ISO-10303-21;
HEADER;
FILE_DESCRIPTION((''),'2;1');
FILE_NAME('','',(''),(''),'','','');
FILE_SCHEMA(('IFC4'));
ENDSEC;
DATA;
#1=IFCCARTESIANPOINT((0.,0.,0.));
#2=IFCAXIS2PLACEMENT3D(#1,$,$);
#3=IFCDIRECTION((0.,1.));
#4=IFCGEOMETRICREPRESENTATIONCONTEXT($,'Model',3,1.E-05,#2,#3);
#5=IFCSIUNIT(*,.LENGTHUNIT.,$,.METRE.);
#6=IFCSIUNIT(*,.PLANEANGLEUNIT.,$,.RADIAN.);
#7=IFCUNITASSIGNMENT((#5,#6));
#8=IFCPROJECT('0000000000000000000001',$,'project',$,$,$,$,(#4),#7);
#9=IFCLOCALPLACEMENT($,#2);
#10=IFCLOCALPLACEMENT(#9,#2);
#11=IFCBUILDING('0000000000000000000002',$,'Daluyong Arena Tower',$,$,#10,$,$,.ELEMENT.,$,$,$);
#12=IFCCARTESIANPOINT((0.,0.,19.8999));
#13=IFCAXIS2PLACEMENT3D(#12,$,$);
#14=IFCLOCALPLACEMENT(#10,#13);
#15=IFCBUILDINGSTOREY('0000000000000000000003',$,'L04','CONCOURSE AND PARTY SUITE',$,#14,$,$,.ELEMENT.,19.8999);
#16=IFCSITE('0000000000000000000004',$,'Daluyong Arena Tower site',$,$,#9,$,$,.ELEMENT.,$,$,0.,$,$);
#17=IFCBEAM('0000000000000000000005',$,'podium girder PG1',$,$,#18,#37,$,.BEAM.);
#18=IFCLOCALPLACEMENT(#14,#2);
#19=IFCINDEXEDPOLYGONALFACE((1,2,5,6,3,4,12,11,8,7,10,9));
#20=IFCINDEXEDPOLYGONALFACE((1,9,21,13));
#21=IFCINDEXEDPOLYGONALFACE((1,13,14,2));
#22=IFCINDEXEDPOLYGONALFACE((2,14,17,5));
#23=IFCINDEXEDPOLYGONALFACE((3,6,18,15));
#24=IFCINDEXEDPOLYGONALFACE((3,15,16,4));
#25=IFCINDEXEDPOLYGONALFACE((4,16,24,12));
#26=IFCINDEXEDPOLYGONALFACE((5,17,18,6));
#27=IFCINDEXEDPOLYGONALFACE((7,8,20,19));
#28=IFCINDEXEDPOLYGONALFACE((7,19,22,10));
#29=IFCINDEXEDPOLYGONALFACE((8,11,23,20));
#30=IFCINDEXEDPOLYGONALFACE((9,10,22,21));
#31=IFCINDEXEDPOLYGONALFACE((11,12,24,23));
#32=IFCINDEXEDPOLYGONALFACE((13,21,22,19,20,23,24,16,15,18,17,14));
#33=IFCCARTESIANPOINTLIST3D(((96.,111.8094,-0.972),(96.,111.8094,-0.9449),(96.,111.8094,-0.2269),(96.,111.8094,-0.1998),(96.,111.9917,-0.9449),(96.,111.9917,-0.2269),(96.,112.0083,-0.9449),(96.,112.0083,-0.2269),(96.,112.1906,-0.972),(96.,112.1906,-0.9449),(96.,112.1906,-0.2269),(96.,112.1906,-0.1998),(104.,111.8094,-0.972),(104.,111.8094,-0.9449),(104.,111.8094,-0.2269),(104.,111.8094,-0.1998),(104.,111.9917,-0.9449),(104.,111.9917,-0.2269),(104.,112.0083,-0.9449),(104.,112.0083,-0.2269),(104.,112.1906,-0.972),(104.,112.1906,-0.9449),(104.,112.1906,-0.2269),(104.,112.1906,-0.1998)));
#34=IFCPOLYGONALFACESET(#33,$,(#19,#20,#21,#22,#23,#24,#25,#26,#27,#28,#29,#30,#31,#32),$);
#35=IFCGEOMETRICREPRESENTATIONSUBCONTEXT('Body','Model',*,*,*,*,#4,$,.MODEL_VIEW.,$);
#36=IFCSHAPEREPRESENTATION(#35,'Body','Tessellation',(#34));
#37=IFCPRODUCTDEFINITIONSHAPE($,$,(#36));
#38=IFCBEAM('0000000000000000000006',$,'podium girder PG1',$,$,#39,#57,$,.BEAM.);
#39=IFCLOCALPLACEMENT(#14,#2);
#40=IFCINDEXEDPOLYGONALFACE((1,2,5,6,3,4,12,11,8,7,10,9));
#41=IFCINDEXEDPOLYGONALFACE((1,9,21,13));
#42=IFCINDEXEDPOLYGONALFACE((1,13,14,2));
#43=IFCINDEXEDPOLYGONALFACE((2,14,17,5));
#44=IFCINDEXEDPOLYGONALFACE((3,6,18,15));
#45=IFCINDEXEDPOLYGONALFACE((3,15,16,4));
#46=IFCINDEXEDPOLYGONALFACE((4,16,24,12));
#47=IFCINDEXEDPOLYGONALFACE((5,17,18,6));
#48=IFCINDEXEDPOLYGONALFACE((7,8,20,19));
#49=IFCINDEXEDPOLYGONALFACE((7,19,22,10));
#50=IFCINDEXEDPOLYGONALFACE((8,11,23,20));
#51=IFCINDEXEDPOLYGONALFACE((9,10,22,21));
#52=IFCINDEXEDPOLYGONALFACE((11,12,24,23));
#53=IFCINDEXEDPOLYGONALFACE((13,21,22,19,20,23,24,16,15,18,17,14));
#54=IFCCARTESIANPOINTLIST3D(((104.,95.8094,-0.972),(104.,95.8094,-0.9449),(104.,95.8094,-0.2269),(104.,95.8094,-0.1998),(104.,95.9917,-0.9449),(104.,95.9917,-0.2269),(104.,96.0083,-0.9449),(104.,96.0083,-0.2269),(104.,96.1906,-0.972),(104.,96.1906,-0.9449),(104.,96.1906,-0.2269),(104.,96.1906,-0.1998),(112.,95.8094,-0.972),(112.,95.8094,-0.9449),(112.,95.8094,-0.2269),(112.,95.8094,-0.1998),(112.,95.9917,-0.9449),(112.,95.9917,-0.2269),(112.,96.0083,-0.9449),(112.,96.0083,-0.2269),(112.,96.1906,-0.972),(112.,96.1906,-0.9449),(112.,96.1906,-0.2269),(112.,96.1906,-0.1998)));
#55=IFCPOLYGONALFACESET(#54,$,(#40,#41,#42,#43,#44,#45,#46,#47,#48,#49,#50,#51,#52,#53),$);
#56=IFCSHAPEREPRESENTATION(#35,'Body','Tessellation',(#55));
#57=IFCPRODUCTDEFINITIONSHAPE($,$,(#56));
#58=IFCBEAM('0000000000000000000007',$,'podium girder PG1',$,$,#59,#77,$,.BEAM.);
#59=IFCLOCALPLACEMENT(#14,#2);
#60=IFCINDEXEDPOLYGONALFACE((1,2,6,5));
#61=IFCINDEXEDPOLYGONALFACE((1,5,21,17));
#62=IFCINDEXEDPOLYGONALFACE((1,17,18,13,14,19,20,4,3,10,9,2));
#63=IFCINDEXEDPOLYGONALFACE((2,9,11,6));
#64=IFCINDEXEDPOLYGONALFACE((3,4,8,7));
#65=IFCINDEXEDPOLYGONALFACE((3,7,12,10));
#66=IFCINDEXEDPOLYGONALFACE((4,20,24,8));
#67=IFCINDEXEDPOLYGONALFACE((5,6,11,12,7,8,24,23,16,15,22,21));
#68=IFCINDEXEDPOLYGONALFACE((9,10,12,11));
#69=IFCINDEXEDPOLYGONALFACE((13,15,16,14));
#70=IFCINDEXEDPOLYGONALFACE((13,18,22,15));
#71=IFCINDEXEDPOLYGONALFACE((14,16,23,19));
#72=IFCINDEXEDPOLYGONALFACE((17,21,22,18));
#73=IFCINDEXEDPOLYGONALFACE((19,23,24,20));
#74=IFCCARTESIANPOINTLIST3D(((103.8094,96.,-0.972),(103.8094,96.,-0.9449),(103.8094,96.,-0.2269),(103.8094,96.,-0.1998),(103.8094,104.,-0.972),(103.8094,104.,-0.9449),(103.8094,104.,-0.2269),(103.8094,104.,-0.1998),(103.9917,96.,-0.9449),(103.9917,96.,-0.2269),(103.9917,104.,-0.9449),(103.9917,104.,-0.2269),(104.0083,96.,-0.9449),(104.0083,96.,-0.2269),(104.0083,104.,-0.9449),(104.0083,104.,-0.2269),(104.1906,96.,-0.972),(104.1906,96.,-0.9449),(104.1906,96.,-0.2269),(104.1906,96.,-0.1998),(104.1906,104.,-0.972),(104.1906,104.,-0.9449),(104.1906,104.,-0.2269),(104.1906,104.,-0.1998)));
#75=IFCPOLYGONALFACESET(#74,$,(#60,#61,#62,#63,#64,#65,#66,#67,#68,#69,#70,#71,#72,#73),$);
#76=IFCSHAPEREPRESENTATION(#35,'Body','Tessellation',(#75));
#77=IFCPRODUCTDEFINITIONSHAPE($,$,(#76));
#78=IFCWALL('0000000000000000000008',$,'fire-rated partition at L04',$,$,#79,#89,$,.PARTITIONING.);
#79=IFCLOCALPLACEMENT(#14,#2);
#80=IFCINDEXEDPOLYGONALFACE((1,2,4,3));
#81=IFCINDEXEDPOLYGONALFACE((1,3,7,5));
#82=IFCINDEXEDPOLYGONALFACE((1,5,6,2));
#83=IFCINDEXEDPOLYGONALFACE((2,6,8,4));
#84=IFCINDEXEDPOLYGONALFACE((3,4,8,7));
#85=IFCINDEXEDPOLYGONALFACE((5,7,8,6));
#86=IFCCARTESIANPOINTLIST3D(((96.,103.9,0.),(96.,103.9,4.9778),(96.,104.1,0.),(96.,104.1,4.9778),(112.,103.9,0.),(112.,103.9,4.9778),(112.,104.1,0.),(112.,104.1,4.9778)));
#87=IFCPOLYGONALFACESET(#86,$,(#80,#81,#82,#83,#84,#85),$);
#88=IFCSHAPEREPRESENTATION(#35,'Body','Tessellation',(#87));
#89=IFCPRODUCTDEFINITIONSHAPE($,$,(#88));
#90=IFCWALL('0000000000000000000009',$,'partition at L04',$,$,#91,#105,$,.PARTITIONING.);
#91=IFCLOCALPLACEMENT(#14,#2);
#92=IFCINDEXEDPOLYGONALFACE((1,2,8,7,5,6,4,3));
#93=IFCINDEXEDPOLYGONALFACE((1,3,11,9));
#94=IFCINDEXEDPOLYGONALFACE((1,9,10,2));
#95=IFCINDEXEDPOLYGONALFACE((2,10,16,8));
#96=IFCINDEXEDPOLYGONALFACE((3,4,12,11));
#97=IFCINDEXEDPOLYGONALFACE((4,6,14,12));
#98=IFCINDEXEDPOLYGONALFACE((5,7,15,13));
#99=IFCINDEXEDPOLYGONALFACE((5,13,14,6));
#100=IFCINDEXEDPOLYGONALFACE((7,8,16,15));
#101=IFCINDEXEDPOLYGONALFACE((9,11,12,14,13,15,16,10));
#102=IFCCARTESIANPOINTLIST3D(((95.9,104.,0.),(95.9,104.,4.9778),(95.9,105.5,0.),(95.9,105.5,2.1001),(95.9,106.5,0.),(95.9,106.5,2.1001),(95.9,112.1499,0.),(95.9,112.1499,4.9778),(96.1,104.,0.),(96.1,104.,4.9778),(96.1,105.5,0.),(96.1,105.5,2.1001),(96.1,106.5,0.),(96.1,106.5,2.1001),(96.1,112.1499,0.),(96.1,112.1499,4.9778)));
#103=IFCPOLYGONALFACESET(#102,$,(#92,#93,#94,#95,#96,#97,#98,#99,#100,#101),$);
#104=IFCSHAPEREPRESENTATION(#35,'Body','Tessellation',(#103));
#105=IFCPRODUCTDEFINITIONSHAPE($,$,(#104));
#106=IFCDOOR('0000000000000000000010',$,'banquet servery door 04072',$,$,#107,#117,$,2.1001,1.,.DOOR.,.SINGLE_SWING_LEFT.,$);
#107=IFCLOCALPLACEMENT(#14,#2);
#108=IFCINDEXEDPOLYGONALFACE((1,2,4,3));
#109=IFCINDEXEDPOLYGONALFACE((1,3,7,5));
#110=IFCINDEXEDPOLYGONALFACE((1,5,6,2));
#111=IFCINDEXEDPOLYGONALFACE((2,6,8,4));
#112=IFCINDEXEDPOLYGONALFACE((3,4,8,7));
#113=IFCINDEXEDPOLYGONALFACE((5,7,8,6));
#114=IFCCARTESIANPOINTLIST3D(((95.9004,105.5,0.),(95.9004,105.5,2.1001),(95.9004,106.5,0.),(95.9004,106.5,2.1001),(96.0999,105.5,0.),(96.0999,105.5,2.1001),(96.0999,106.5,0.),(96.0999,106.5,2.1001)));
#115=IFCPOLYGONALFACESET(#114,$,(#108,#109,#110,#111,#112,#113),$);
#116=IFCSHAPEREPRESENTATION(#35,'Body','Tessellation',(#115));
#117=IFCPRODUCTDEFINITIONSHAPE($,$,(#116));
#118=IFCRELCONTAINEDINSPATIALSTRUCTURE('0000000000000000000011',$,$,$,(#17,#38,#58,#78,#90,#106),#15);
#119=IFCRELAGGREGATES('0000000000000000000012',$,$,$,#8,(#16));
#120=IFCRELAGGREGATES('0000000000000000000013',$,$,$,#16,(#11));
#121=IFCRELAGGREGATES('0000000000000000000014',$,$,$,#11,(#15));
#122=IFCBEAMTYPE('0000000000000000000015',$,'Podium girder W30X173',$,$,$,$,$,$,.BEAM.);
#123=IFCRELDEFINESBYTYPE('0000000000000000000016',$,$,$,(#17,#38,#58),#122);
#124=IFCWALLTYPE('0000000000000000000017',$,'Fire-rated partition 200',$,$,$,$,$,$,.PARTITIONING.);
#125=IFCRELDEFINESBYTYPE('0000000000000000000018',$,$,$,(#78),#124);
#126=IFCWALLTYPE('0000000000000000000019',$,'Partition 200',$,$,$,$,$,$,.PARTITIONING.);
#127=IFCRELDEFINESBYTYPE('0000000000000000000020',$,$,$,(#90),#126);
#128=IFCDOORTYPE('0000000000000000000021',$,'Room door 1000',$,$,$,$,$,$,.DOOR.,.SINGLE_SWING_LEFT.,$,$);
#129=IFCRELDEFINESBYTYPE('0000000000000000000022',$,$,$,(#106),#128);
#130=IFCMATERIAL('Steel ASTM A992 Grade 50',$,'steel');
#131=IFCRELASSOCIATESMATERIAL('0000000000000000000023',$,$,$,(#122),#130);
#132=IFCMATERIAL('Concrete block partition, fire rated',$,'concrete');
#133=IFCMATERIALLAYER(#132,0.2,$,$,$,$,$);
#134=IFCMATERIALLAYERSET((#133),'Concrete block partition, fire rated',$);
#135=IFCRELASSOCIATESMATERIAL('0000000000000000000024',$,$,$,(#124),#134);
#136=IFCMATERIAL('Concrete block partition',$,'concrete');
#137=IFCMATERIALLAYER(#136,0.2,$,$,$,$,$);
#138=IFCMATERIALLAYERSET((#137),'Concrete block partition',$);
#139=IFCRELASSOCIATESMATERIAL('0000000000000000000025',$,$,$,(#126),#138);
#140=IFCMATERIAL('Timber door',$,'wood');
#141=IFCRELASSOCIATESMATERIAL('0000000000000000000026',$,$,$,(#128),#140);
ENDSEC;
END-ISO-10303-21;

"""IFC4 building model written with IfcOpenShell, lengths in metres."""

from ifc_helpers import new_model, si_unit, direction, frame, frame_2d, origin, origin_2d, place, context, subcontext, project, spatial, rectangle, i_section, extrude, material, layer, layer_set, material_profile, profile_set, type_object, element, fill, save


model = new_model("IFC4")

# Units and contexts
model_context = context("Model", 3, precision=1e-05, world=origin(), true_north=direction((0.0, 1.0)))
body_context = subcontext(model_context, "Body", "Model", "MODEL_VIEW")
ifc_project = project(units=[si_unit("LENGTHUNIT", "METRE"), si_unit("PLANEANGLEUNIT", "RADIAN")], contexts=[model_context])

# Site, building, storey
site_placement = place(None, origin())
site = spatial("IfcSite", under=ifc_project, at=site_placement, Name="Daluyong Arena Tower site", CompositionType="ELEMENT", RefElevation=0.0)
building_placement = place(site_placement, origin())
building = spatial("IfcBuilding", under=site, at=building_placement, Name="Daluyong Arena Tower", CompositionType="ELEMENT")
storey_placement = place(building_placement, frame((0.0, 0.0, 19.8999)))
storey = spatial("IfcBuildingStorey", under=building, at=storey_placement, Name="L04", Description="CONCOURSE AND PARTY SUITE", CompositionType="ELEMENT", Elevation=19.8999)

# Beams
ifc_material_1 = material(Name="Steel ASTM A992 Grade 50", Category="steel")
ifc_material_profile_1 = material_profile(ifc_material_1, i_section(OverallWidth=0.3811, OverallDepth=0.7722, WebThickness=0.0166, FlangeThickness=0.0271, at=origin_2d()))
ifc_profile_set_1 = profile_set([ifc_material_profile_1], Name="Steel ASTM A992 Grade 50")
beam_type_1 = type_object("IfcBeamType", Name="Podium girder W30X173", PredefinedType="BEAM", material=ifc_profile_set_1)
for number, where, z_axis, x_axis, name in (
    (1, (96.0, 112.0, -0.5859), (1.0, 0.0, 0.0), (0.0, 1.0, 0.0), "podium girder PG1"),
    (2, (104.0, 96.0, -0.5859), (1.0, 0.0, 0.0), (0.0, 1.0, 0.0), "podium girder PG1"),
    (3, (104.0, 96.0, -0.5859), (0.0, 1.0, 0.0), (-1.0, 0.0, 0.0), "podium girder PG1"),
):
    element("IfcBeam", number, at=place(storey_placement, frame(where, z_axis=z_axis, x_axis=x_axis)), inside=storey, type_object=beam_type_1, Name=name, PredefinedType="BEAM", context=body_context, shape_type="SweptSolid", body=[
        extrude(i_section(OverallWidth=0.3811, OverallDepth=0.7722, WebThickness=0.0166, FlangeThickness=0.0271, at=origin_2d()), origin(), (0.0, 0.0, 1.0), 8.0),
    ])

# Wall
ifc_material_2 = material(Name="Concrete block partition, fire rated", Category="concrete")
ifc_layer_1 = layer(ifc_material_2, 0.2)
ifc_layer_set_1 = layer_set([ifc_layer_1], Name="Concrete block partition, fire rated")
wall_type_1 = type_object("IfcWallType", Name="Fire-rated partition 200", PredefinedType="PARTITIONING", material=ifc_layer_set_1)
wall_1_placement = place(storey_placement, frame((96.0, 104.0, 0.0), z_axis=(0.0, 0.0, 1.0), x_axis=(1.0, 0.0, 0.0)))
element("IfcWall", 4, at=wall_1_placement, inside=storey, type_object=wall_type_1, Name="fire-rated partition at L04", PredefinedType="PARTITIONING", context=body_context, shape_type="SweptSolid", body=[
    extrude(rectangle(XDim=16.0, YDim=0.2, at=frame_2d((8.0, 0.0))), origin(), (0.0, 0.0, 1.0), 4.9778),
])

# Wall, opening, door
ifc_material_3 = material(Name="Concrete block partition", Category="concrete")
ifc_layer_2 = layer(ifc_material_3, 0.2)
ifc_layer_set_2 = layer_set([ifc_layer_2], Name="Concrete block partition")
wall_type_2 = type_object("IfcWallType", Name="Partition 200", PredefinedType="PARTITIONING", material=ifc_layer_set_2)
wall_2_placement = place(storey_placement, frame((96.0, 104.0, 0.0), z_axis=(0.0, 0.0, 1.0), x_axis=(0.0, 1.0, 0.0)))
wall_2 = element("IfcWall", 5, at=wall_2_placement, inside=storey, type_object=wall_type_2, Name="partition at L04", PredefinedType="PARTITIONING", context=body_context, shape_type="SweptSolid", body=[
    extrude(rectangle(XDim=8.1499, YDim=0.2, at=frame_2d((4.075, 0.0))), origin(), (0.0, 0.0, 1.0), 4.9778),
])
opening_placement = place(wall_2_placement, frame((1.5, 0.0, 0.0)))
opening = element("IfcOpeningElement", 6, at=opening_placement, cuts=wall_2, PredefinedType="OPENING", context=body_context, shape_type="SweptSolid", body=[
    extrude(rectangle(XDim=1.0, YDim=2.1001, at=frame_2d((0.5, 1.05))), frame((0.0, 0.1099, 0.0), z_axis=(0.0, -1.0, 0.0), x_axis=(1.0, 0.0, 0.0)), (0.0, 0.0, 1.0), 0.22),
])
ifc_material_4 = material(Name="Timber door", Category="wood")
door_type = type_object("IfcDoorType", Name="Room door 1000", OperationType="SINGLE_SWING_LEFT", PredefinedType="DOOR", material=ifc_material_4)
door_placement = place(opening_placement, origin())
door = element("IfcDoor", 7, at=door_placement, inside=storey, type_object=door_type, Name="banquet servery door 04072", OperationType="SINGLE_SWING_LEFT", OverallHeight=2.1001, OverallWidth=1.0, PredefinedType="DOOR", context=body_context, shape_type="SweptSolid", body=[
    extrude(rectangle(XDim=1.0, YDim=2.1001, at=frame_2d((0.5, 1.05))), frame((0.0, 0.0996, 0.0), z_axis=(0.0, -1.0, 0.0), x_axis=(1.0, 0.0, 0.0)), (0.0, 0.0, 1.0), 0.1995),
])
fill(opening, door)

save(model, "model.ifc")
